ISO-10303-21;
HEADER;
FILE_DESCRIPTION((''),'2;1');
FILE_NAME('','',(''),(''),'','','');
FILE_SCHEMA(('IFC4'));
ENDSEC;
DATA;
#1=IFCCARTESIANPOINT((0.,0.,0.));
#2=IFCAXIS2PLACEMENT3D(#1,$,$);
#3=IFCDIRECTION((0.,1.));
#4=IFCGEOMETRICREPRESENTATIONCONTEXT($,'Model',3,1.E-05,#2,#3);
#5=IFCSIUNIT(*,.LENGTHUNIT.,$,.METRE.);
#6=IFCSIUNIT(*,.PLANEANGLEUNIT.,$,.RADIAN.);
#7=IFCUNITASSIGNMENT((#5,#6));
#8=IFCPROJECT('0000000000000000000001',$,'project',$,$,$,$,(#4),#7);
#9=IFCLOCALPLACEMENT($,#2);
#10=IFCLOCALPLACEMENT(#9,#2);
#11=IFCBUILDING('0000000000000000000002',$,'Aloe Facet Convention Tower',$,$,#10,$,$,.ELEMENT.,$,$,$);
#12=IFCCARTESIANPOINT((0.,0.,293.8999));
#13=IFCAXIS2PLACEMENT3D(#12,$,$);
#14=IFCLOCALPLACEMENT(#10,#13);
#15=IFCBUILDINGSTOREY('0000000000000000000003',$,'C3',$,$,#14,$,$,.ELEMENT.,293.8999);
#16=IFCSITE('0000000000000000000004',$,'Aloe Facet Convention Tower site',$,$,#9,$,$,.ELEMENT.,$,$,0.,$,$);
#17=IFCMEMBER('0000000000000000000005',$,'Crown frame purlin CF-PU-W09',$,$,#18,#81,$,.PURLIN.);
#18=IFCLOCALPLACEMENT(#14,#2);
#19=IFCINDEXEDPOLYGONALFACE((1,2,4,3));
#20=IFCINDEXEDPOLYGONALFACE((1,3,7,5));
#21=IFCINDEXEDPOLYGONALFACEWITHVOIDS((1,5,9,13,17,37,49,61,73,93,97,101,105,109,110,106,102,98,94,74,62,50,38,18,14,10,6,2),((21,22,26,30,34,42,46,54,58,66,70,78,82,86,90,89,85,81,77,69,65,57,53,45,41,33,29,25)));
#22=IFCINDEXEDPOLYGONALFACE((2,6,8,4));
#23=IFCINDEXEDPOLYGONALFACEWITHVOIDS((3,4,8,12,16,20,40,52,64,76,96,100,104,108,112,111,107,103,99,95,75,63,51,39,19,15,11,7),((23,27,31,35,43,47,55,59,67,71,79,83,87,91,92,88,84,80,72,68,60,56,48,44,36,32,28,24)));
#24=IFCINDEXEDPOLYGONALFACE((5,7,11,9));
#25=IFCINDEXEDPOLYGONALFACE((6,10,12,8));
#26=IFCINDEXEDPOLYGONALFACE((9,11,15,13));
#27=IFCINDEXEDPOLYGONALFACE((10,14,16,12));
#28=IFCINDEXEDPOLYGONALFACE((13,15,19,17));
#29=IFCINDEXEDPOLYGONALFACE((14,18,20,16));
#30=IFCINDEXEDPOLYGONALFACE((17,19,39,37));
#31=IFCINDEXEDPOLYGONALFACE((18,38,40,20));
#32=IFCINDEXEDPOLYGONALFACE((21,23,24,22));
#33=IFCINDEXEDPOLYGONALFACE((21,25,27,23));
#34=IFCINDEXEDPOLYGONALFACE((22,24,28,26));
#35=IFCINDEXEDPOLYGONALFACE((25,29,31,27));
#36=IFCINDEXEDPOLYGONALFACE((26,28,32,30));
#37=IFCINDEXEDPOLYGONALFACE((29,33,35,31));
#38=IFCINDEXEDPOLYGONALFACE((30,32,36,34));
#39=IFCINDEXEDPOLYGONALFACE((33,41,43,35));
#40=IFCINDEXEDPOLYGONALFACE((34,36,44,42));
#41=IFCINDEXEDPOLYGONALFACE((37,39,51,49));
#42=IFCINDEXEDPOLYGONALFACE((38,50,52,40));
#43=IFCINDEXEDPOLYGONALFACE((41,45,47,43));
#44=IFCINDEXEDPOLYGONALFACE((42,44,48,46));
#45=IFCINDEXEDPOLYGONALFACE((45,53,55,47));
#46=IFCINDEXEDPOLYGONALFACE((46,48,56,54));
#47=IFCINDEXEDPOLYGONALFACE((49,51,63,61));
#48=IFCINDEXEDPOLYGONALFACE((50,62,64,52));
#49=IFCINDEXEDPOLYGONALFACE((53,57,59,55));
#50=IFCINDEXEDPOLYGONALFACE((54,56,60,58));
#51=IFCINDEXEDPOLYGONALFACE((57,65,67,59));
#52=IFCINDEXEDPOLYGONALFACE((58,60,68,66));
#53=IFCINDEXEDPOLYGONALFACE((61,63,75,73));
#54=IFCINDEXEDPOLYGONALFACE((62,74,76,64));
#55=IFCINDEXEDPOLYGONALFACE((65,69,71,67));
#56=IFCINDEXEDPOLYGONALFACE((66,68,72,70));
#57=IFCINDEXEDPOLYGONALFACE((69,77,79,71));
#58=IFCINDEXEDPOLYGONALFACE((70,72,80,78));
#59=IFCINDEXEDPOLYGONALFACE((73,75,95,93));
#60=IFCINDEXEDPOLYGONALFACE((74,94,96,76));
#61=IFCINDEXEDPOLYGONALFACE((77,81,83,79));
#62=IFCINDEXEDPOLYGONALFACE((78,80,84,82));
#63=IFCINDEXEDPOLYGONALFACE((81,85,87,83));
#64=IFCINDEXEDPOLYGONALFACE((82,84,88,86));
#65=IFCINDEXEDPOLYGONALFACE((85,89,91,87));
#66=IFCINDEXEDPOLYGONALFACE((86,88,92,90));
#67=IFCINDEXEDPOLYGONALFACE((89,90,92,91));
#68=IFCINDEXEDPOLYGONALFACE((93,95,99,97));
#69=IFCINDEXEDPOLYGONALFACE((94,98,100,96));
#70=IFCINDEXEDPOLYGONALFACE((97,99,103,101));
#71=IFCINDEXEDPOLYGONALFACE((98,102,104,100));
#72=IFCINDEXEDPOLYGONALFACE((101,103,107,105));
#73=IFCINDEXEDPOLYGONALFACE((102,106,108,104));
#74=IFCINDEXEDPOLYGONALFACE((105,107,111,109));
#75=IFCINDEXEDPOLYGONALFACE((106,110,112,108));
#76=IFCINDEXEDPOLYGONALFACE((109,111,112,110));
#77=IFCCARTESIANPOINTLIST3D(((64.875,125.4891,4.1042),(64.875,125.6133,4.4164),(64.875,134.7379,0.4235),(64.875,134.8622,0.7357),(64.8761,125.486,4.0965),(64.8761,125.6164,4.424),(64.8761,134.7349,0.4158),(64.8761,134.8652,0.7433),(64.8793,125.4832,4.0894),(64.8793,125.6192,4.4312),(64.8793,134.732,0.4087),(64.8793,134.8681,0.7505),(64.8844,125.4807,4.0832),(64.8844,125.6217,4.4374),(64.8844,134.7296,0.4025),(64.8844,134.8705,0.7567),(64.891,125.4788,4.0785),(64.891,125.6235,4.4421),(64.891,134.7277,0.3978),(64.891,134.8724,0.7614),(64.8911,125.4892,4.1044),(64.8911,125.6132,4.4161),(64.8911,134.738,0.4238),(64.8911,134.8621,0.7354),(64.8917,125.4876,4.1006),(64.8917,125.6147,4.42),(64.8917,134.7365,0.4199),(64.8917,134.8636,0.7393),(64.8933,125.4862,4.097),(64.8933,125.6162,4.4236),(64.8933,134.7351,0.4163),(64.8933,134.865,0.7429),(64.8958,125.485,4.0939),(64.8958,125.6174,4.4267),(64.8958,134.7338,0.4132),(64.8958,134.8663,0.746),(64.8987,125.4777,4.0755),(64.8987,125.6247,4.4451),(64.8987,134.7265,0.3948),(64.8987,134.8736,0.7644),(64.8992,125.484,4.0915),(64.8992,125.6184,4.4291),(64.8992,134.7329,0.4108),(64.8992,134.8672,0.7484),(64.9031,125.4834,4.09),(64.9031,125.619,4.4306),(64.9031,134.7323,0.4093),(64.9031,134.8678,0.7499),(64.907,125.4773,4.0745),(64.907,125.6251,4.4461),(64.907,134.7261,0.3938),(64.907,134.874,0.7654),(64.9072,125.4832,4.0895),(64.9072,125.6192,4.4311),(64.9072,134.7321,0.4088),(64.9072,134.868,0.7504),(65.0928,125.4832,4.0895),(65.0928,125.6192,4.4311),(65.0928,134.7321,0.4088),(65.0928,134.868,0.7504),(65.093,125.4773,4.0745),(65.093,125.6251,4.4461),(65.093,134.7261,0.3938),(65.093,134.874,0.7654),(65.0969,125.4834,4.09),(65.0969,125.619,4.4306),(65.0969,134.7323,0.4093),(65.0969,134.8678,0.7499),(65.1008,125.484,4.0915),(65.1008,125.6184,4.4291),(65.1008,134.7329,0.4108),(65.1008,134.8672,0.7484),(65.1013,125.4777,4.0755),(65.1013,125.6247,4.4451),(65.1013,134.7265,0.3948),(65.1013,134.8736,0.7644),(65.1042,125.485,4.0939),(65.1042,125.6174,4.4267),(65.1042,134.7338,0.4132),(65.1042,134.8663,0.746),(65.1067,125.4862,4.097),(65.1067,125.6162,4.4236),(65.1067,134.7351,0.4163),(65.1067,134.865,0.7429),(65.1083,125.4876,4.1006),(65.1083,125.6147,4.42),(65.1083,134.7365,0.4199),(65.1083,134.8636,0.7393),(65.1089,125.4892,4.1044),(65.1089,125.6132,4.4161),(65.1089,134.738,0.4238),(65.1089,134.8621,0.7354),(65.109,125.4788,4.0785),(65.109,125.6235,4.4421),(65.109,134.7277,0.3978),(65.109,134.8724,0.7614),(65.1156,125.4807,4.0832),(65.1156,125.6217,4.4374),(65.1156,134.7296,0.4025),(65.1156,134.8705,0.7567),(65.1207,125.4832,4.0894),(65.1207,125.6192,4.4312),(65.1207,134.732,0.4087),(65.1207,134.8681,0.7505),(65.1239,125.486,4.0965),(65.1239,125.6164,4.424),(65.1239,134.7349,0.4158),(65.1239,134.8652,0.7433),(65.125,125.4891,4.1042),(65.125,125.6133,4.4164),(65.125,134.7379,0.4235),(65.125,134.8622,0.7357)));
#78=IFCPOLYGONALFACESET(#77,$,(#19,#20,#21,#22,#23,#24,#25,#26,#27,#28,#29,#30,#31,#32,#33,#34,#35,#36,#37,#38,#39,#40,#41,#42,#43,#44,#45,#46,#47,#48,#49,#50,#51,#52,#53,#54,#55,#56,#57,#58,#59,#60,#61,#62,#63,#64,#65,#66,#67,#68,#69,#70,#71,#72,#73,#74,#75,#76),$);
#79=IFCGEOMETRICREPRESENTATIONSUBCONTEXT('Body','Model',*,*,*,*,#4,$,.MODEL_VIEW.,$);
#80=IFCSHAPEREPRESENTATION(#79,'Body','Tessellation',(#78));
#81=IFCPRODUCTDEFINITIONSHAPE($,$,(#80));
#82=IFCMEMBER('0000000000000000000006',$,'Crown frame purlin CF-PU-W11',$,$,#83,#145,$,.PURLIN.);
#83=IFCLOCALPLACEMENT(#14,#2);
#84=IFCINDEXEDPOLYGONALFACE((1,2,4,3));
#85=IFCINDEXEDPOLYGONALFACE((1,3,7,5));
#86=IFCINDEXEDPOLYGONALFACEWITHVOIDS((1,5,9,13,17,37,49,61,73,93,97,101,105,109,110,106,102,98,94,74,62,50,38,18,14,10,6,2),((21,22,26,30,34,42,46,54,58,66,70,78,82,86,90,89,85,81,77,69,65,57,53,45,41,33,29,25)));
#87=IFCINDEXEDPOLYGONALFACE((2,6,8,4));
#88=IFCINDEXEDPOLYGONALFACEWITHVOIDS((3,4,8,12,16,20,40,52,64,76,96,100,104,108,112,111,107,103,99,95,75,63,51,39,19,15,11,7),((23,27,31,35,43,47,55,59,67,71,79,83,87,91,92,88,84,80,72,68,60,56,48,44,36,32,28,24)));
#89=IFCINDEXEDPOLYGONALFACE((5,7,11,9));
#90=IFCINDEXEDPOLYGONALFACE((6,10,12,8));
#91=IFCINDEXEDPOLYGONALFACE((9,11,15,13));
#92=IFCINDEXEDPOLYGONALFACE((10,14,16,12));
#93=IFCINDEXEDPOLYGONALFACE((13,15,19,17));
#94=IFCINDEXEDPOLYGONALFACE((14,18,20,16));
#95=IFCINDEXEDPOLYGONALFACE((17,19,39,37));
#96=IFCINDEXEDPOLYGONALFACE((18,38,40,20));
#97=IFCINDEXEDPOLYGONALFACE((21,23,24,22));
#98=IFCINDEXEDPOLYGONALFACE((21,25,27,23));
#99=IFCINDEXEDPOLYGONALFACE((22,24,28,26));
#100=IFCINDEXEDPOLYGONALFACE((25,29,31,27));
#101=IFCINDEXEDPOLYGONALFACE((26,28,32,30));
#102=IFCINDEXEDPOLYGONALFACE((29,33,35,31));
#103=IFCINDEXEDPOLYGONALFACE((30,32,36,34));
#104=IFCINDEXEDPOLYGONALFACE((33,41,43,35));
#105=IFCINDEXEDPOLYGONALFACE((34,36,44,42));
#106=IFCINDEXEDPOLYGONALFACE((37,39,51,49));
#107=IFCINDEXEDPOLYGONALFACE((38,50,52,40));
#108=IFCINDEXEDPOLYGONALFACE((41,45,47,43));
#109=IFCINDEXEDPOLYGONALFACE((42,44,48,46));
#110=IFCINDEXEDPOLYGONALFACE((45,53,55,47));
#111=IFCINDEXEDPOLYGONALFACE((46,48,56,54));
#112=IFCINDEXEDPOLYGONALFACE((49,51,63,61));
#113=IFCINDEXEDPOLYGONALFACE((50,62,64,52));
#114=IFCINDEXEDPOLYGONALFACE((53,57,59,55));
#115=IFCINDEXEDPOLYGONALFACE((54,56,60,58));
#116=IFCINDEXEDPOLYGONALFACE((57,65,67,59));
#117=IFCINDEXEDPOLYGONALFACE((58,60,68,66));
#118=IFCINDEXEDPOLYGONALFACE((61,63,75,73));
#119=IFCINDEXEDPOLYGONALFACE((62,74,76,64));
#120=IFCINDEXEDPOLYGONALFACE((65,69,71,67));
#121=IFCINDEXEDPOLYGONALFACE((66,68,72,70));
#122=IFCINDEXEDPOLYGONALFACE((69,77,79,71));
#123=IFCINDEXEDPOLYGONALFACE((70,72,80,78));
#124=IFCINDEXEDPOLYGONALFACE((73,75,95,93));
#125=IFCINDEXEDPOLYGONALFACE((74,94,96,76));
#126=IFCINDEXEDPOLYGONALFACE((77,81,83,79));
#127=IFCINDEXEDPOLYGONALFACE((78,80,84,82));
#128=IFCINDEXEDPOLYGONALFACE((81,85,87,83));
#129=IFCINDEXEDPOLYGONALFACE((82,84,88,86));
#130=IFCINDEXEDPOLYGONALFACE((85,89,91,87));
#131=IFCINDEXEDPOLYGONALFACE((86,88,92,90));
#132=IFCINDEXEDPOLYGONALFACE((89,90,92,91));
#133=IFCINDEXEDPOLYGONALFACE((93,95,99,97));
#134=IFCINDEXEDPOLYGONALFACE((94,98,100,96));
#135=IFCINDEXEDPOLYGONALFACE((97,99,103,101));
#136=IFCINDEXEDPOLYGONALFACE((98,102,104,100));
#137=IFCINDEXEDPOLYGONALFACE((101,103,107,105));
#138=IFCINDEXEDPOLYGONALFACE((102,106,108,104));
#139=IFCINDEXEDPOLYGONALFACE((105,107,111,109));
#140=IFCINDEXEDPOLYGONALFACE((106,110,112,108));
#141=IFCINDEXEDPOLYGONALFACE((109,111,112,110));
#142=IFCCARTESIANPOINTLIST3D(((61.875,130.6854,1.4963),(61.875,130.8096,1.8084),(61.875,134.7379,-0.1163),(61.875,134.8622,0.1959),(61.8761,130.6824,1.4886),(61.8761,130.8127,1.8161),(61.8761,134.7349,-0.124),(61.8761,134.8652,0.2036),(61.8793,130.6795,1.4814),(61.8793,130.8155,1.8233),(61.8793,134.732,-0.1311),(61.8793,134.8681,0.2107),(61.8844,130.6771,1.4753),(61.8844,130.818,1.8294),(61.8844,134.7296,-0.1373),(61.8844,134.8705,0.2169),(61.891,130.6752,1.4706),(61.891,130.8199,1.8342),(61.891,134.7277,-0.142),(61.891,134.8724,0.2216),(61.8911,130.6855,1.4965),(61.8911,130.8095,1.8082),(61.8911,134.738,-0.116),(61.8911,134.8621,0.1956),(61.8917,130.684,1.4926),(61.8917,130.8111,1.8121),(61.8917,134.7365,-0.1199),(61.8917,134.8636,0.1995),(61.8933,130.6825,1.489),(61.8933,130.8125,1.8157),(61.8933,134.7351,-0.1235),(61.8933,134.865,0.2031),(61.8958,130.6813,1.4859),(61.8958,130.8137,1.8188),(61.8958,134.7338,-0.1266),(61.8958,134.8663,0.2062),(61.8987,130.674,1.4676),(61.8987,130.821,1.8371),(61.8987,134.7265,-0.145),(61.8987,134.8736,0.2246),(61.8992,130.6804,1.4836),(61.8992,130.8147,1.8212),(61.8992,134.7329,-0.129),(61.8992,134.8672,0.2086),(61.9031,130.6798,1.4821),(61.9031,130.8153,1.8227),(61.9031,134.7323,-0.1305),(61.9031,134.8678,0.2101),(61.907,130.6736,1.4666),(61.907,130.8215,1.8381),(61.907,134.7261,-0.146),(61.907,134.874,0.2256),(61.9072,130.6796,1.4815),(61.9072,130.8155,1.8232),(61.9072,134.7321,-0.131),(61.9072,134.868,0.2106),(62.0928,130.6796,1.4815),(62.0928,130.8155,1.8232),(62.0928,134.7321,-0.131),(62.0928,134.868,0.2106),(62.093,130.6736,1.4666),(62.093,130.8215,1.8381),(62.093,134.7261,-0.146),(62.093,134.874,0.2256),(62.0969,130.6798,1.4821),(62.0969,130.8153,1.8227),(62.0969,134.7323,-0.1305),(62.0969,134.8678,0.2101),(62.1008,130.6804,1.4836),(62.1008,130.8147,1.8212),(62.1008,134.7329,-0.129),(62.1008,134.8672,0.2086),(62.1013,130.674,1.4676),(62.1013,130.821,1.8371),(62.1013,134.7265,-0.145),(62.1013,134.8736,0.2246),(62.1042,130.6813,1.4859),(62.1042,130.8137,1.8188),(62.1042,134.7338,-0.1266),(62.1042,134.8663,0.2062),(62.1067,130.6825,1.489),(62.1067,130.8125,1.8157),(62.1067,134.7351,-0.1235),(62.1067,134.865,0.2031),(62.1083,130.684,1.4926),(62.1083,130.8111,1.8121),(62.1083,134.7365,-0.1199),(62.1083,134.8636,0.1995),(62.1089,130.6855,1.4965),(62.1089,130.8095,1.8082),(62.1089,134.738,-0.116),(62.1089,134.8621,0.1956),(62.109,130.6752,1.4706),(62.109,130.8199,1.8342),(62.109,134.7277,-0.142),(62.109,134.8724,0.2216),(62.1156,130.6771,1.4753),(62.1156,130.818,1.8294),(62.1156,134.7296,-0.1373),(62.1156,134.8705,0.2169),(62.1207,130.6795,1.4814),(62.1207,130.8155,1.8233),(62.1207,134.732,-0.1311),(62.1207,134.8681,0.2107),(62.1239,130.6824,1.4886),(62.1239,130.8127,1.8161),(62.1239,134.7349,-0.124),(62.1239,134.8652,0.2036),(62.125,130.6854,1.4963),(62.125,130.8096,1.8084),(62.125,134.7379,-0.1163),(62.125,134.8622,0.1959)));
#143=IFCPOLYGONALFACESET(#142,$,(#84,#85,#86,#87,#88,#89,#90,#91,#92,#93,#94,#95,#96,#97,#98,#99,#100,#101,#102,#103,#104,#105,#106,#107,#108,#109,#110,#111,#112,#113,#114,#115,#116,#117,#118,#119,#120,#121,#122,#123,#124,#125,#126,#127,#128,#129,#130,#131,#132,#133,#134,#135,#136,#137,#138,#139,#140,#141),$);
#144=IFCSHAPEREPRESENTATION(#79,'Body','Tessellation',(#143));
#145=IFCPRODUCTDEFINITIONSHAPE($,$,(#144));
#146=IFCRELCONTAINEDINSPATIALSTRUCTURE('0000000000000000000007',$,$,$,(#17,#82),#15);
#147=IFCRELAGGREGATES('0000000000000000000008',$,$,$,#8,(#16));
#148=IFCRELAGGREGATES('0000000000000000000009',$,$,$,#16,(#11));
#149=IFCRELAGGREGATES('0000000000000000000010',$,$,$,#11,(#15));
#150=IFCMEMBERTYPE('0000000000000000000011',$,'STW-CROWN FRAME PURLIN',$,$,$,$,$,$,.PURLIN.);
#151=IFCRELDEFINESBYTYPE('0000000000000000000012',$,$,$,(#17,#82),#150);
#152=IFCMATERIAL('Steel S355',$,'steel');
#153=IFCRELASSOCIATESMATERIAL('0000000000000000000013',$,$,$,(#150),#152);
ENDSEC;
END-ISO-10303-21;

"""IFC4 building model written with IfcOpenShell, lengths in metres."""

from ifc_helpers import new_model, si_unit, direction, frame, origin, origin_2d, place, context, subcontext, project, spatial, hollow_rectangle, extrude, material, material_profile, profile_set, type_object, element, save


model = new_model("IFC4")

# Units and contexts
model_context = context("Model", 3, precision=1e-05, world=origin(), true_north=direction((0.0, 1.0)))
body_context = subcontext(model_context, "Body", "Model", "MODEL_VIEW")
ifc_project = project(units=[si_unit("LENGTHUNIT", "METRE"), si_unit("PLANEANGLEUNIT", "RADIAN")], contexts=[model_context])

# Site, building, storey
site_placement = place(None, origin())
site = spatial("IfcSite", under=ifc_project, at=site_placement, Name="Aloe Facet Convention Tower site", CompositionType="ELEMENT", RefElevation=0.0)
building_placement = place(site_placement, origin())
building = spatial("IfcBuilding", under=site, at=building_placement, Name="Aloe Facet Convention Tower", CompositionType="ELEMENT")
storey_placement = place(building_placement, frame((0.0, 0.0, 293.8999)))
storey = spatial("IfcBuildingStorey", under=building, at=storey_placement, Name="C3", CompositionType="ELEMENT", Elevation=293.8999)

# Members
ifc_material_1 = material(Name="Steel S355", Category="steel")
ifc_material_profile_1 = material_profile(ifc_material_1, hollow_rectangle(XDim=0.25, YDim=0.3999, WallThickness=0.0161, InnerFilletRadius=0.0161, OuterFilletRadius=0.032, at=origin_2d()), Name="RHS 400x250x16")
ifc_profile_set_1 = profile_set([ifc_material_profile_1], Name="Steel S355")
member_type_1 = type_object("IfcMemberType", Name="STW-CROWN FRAME PURLIN", PredefinedType="PURLIN", material=ifc_profile_set_1)
member_1_placement = place(storey_placement, frame((65.0, 134.8, 0.5796), z_axis=(0.0, -0.929128, 0.369758), x_axis=(1.0, 0.0, 0.0)))
element("IfcMember", 1, at=member_1_placement, inside=storey, type_object=member_type_1, Name="Crown frame purlin CF-PU-W09", PredefinedType="PURLIN", context=body_context, shape_type="SweptSolid", body=[
    extrude(hollow_rectangle(XDim=0.25, YDim=0.3999, WallThickness=0.0161, InnerFilletRadius=0.0161, OuterFilletRadius=0.032, at=origin_2d()), origin(), (0.0, 0.0, 1.0), 9.9543),
])
member_2_placement = place(storey_placement, frame((62.0, 134.8, 0.0398), z_axis=(0.0, -0.929143, 0.36972), x_axis=(1.0, 0.0, 0.0)))
element("IfcMember", 2, at=member_2_placement, inside=storey, type_object=member_type_1, Name="Crown frame purlin CF-PU-W11", PredefinedType="PURLIN", context=body_context, shape_type="SweptSolid", body=[
    extrude(hollow_rectangle(XDim=0.25, YDim=0.3999, WallThickness=0.0161, InnerFilletRadius=0.0161, OuterFilletRadius=0.032, at=origin_2d()), origin(), (0.0, 0.0, 1.0), 4.3616),
])

save(model, "model.ifc")
